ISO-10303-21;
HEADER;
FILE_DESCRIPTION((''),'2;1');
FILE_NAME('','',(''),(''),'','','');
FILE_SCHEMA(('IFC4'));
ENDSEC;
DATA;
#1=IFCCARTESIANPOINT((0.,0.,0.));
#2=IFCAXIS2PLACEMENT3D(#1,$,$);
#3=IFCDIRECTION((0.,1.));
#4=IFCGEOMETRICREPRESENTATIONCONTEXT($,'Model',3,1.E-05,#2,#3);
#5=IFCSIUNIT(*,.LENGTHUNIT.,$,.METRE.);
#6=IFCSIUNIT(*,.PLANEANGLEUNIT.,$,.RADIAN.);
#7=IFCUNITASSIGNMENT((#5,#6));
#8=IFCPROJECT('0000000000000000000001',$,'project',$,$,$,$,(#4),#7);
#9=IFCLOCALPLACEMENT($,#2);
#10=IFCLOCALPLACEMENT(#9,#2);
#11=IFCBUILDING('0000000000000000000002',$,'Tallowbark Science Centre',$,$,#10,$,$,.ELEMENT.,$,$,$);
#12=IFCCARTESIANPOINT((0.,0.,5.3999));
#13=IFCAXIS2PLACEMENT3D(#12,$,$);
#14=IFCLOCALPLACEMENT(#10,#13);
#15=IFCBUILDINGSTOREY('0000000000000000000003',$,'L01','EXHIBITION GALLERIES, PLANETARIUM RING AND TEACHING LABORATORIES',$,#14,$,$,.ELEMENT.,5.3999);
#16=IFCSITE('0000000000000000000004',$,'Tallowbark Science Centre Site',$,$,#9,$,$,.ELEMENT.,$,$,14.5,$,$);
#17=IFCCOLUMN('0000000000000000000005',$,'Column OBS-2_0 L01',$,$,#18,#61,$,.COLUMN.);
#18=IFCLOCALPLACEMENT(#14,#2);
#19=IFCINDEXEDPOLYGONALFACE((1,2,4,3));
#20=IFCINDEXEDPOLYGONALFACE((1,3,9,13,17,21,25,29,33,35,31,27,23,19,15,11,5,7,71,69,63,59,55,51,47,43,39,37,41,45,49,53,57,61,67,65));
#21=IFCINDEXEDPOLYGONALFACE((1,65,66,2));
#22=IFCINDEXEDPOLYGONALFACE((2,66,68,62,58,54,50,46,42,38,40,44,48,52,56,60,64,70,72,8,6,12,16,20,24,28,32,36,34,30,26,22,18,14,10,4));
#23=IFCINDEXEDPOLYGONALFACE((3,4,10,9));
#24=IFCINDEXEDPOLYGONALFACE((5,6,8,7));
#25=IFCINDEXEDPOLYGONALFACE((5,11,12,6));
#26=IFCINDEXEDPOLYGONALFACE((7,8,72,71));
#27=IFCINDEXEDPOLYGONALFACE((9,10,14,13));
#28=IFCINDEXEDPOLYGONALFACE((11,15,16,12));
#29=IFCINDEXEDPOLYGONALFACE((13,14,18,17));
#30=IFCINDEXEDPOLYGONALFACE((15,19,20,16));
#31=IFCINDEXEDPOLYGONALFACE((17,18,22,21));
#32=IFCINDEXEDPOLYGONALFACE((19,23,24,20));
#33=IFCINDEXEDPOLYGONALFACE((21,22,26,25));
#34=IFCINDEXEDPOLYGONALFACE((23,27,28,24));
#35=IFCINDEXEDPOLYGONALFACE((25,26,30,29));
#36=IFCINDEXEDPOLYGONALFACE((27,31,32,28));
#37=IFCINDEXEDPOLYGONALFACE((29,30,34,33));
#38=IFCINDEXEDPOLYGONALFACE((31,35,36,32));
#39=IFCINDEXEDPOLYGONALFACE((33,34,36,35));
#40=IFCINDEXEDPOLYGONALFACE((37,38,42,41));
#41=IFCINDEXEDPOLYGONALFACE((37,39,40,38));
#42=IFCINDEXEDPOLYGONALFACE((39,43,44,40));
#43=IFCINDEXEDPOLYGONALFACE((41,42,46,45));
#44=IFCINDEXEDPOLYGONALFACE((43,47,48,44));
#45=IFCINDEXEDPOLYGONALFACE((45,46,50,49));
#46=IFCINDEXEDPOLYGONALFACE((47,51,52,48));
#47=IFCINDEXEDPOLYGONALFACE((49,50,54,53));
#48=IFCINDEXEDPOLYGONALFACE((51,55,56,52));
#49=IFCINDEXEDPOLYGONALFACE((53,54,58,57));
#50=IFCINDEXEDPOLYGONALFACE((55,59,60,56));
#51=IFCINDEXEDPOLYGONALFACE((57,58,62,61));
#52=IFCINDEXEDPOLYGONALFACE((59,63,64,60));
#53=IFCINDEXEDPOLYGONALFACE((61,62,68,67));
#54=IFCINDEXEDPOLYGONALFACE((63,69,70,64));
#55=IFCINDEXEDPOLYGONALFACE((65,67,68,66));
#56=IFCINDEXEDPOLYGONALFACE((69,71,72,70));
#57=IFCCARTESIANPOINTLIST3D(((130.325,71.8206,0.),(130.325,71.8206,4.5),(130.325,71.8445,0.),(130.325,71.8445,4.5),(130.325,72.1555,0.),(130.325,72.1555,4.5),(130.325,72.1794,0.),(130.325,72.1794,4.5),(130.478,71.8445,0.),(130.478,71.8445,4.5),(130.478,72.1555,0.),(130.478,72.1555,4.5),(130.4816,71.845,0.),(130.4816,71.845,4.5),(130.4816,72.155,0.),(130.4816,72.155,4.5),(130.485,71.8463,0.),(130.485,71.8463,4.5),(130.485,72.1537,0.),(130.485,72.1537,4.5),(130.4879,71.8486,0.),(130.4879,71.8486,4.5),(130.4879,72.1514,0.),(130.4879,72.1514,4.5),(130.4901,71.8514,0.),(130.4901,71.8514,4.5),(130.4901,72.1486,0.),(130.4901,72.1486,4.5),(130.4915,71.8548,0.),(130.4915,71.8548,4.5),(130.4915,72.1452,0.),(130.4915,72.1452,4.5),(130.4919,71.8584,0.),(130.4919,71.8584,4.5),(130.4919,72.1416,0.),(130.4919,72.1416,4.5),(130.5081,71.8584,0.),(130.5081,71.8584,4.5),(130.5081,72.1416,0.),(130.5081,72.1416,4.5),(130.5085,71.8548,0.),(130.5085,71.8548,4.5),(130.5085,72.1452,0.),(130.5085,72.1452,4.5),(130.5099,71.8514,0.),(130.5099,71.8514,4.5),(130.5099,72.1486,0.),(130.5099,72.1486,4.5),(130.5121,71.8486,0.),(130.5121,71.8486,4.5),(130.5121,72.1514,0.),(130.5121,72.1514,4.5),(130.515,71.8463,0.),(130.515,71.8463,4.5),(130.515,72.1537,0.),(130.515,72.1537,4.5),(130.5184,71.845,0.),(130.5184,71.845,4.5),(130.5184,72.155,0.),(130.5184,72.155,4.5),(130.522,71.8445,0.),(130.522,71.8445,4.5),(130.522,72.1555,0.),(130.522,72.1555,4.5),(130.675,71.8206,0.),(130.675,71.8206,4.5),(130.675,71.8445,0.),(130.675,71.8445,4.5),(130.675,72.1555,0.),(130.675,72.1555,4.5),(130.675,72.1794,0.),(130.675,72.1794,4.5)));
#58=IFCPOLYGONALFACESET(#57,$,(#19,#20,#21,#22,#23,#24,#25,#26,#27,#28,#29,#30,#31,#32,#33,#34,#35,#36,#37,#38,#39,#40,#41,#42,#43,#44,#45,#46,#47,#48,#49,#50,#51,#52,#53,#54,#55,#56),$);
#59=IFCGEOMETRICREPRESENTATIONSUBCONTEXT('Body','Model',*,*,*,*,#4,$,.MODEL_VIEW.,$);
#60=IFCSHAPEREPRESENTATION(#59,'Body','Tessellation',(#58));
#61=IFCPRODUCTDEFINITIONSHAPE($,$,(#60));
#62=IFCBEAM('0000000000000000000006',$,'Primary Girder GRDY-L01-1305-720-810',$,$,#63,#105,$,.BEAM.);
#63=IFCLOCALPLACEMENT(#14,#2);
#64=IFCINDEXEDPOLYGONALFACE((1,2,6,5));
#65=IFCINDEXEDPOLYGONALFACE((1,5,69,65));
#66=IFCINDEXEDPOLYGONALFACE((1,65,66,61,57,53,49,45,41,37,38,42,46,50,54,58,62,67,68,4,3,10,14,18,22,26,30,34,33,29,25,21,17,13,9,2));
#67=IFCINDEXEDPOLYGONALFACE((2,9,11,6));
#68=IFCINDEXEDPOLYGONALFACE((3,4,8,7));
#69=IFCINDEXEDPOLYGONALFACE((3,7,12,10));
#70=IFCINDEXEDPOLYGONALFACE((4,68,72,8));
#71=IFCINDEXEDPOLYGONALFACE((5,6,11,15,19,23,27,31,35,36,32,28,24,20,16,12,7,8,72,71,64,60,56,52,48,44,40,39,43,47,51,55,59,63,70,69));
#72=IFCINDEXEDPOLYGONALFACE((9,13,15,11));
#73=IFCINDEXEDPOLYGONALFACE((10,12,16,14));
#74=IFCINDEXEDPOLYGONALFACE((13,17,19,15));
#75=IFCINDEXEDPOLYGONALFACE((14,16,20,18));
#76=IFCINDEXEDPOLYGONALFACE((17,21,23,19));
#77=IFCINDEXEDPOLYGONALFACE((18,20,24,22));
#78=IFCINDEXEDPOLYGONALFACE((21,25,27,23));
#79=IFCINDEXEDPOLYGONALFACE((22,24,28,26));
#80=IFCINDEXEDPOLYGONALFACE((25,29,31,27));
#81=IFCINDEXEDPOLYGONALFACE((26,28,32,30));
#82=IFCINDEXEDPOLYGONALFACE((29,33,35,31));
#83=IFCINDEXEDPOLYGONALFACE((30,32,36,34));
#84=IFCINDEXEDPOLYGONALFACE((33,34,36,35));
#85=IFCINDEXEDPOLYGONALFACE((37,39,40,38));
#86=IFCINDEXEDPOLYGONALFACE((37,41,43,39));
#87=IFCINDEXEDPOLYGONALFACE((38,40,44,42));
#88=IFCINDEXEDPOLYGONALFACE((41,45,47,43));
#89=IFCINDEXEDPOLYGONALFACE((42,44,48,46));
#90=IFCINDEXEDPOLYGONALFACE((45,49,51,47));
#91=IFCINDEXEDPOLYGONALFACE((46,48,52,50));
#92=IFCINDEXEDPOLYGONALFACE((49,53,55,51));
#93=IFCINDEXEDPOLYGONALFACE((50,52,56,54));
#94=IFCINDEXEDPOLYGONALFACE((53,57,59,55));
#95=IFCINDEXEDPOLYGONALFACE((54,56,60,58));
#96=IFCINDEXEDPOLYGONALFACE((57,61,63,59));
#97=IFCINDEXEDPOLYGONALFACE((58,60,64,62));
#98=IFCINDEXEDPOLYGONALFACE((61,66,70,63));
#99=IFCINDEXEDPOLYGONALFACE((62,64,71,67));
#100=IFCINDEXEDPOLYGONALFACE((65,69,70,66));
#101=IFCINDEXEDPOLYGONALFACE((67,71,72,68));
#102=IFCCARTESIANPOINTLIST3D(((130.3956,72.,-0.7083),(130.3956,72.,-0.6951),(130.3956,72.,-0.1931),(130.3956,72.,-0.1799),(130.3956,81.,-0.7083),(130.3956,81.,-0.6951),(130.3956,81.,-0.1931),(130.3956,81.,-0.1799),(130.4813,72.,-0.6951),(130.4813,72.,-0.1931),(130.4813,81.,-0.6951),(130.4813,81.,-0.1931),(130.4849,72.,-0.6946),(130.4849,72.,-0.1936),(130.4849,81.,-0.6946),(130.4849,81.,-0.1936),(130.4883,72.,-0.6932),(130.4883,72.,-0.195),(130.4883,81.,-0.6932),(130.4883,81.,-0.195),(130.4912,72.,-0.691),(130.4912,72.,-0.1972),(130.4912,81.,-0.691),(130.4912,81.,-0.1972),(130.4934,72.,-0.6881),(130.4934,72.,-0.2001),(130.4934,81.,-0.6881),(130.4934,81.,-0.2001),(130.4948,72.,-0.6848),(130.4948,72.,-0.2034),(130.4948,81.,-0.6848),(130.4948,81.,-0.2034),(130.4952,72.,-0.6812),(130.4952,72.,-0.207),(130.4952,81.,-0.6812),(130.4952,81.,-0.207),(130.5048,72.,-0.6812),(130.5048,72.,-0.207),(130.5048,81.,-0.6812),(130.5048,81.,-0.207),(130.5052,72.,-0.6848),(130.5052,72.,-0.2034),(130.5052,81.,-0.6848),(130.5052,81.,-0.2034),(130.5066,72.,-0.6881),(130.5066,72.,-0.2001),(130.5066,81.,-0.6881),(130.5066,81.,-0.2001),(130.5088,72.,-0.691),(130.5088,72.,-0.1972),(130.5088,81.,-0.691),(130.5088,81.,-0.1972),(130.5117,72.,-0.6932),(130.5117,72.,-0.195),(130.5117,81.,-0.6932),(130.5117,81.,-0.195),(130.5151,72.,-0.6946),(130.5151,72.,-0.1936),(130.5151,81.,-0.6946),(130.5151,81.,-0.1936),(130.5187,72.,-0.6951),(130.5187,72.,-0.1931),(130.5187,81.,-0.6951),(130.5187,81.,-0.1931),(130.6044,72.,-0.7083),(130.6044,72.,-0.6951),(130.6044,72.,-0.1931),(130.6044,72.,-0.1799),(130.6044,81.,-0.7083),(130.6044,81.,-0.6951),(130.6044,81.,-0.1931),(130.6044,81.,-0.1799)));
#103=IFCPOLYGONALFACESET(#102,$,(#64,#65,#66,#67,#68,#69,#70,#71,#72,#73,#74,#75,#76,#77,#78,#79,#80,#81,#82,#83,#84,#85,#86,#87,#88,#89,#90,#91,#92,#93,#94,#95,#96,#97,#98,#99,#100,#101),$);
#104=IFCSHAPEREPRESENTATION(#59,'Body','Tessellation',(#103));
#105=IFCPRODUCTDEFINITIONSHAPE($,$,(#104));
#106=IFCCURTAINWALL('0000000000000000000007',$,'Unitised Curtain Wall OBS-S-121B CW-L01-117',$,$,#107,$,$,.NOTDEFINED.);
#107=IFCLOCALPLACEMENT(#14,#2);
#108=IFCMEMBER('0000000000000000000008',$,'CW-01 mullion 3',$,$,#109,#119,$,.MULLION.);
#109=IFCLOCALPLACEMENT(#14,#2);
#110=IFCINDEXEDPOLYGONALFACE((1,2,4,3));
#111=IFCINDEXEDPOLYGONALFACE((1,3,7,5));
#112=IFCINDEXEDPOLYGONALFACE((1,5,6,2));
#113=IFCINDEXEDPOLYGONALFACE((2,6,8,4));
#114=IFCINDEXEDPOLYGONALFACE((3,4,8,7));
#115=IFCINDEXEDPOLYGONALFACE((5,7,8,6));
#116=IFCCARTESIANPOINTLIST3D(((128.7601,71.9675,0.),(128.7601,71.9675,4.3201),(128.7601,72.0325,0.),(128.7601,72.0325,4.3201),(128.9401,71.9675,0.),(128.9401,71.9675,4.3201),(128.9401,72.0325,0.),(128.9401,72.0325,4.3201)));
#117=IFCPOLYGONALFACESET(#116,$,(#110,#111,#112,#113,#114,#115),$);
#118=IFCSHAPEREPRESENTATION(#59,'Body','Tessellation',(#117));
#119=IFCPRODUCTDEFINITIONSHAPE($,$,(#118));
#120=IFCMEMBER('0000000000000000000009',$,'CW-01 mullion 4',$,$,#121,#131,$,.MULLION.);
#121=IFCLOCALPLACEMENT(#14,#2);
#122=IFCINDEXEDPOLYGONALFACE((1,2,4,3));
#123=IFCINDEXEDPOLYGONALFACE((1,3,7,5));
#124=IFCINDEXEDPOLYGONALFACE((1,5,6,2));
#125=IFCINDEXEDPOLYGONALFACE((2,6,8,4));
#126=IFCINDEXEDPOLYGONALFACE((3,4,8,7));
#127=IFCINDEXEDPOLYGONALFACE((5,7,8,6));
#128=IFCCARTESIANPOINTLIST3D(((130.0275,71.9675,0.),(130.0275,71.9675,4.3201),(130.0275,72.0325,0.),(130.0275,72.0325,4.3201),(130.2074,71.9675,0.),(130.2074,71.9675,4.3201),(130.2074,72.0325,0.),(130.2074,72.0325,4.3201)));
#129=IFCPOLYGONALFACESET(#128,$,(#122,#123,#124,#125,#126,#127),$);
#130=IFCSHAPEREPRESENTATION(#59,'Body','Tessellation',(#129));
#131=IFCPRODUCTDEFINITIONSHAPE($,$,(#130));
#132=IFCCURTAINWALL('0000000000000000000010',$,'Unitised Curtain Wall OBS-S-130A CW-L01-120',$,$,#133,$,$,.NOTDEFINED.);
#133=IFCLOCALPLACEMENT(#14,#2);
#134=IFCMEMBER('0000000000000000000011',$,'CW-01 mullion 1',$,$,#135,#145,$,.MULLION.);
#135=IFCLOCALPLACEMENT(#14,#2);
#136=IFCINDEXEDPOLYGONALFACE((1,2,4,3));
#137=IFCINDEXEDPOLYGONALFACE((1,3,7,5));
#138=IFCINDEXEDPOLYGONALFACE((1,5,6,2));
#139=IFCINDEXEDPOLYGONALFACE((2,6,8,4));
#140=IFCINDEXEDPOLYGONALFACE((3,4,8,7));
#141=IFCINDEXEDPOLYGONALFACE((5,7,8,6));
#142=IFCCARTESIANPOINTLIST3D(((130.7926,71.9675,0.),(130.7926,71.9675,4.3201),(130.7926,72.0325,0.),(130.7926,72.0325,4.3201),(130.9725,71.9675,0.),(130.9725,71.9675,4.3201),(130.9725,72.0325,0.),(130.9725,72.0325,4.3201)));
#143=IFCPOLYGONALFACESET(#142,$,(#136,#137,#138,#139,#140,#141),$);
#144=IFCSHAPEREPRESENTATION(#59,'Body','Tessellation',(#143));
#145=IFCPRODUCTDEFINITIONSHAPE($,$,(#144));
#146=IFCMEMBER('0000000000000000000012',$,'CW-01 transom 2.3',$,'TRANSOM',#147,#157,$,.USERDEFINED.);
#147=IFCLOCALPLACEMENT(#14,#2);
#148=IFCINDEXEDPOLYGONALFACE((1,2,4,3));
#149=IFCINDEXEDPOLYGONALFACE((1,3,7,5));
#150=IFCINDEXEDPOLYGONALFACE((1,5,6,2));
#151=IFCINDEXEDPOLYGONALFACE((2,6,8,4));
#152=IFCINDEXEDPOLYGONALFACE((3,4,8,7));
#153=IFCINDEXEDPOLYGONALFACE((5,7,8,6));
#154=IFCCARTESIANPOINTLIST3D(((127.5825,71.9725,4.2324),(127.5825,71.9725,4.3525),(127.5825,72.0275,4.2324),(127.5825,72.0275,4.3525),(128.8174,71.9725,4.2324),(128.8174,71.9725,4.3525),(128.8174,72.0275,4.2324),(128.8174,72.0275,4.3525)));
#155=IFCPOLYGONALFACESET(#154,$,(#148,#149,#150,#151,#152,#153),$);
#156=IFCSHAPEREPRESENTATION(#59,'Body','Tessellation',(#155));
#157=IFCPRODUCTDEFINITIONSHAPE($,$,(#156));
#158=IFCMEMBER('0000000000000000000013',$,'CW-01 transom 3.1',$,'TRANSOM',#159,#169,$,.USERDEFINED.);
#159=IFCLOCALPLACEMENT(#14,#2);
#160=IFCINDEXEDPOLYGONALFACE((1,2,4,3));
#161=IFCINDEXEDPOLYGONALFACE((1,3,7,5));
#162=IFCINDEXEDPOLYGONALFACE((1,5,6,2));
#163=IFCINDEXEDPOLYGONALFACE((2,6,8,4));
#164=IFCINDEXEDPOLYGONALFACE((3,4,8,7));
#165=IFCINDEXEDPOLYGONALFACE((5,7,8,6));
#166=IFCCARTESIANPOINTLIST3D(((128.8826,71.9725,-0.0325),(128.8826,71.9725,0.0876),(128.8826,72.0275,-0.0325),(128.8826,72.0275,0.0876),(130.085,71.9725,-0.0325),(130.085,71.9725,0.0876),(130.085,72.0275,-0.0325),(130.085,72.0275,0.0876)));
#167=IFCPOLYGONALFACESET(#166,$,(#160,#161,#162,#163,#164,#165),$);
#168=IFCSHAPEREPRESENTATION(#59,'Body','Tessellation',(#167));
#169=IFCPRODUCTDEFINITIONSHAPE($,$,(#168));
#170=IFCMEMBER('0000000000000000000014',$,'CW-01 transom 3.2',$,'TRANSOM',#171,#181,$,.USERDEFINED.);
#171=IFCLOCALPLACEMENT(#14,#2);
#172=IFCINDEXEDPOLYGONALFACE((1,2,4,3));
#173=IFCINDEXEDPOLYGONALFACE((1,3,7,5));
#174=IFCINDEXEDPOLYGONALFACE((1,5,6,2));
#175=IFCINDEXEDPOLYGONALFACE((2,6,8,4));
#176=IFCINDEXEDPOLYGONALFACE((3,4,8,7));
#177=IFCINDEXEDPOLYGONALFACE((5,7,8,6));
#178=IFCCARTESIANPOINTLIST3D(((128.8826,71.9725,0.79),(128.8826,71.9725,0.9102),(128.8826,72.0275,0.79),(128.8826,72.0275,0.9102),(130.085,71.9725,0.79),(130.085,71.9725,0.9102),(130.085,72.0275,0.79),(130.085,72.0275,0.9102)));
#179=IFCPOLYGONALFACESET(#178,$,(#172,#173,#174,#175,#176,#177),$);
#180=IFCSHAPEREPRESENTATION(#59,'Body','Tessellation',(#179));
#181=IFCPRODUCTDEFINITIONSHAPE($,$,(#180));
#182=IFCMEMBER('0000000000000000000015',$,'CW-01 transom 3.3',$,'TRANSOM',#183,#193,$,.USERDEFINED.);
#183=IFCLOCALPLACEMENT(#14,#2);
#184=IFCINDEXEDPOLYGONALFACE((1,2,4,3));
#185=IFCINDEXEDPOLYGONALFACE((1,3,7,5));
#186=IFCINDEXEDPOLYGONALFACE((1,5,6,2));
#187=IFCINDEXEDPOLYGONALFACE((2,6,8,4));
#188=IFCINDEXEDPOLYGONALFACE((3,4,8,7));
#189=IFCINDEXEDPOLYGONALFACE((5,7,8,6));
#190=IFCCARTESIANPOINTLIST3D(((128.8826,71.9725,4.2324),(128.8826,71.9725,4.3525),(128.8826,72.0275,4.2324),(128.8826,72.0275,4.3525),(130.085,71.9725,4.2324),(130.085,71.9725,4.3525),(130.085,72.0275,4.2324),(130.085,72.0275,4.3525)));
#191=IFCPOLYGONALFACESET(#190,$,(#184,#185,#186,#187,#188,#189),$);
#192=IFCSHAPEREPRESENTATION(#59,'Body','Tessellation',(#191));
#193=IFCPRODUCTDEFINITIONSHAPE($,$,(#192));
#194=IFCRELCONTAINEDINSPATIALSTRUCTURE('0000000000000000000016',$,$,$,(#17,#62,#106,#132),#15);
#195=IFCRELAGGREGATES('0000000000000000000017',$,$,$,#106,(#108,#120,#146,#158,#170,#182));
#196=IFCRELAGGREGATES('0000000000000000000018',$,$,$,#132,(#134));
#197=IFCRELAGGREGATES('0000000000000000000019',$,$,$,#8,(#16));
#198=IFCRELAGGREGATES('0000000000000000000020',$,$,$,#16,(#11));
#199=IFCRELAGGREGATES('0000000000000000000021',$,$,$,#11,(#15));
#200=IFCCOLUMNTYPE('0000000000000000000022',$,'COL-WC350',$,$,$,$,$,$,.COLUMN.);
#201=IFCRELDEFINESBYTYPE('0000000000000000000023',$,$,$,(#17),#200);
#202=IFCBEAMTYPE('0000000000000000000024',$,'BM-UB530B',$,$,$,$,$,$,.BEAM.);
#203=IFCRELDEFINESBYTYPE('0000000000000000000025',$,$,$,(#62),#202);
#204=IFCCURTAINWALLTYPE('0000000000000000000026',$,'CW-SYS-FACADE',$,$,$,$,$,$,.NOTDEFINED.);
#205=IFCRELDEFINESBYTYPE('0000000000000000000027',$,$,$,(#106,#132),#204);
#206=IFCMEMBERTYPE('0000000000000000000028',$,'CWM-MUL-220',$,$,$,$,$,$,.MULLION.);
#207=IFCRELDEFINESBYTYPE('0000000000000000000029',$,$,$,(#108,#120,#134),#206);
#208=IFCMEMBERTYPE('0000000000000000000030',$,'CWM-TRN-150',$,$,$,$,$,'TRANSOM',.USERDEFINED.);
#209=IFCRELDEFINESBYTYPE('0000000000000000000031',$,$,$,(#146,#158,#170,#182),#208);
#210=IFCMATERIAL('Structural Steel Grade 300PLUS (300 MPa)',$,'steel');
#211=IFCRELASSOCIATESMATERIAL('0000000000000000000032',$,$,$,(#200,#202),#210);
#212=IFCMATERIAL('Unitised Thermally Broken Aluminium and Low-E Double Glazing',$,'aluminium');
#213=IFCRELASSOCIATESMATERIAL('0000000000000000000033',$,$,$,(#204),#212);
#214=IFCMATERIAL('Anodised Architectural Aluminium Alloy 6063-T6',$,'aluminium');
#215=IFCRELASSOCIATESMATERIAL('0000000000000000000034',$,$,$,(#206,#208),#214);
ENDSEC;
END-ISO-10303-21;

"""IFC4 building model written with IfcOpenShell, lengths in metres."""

from ifc_helpers import new_model, si_unit, direction, frame, origin, origin_2d, place, context, subcontext, project, spatial, rectangle, i_section, extrude, material, material_profile, profile_set, type_object, element, aggregate, save


model = new_model("IFC4")

# Units and contexts
model_context = context("Model", 3, precision=1e-05, world=origin(), true_north=direction((0.0, 1.0)))
body_context = subcontext(model_context, "Body", "Model", "MODEL_VIEW")
ifc_project = project(units=[si_unit("LENGTHUNIT", "METRE"), si_unit("PLANEANGLEUNIT", "RADIAN")], contexts=[model_context])

# Site, building, storey
site_placement = place(None, origin())
site = spatial("IfcSite", under=ifc_project, at=site_placement, Name="Tallowbark Science Centre Site", CompositionType="ELEMENT", RefElevation=14.5)
building_placement = place(site_placement, origin())
building = spatial("IfcBuilding", under=site, at=building_placement, Name="Tallowbark Science Centre", CompositionType="ELEMENT")
storey_placement = place(building_placement, frame((0.0, 0.0, 5.3999)))
storey = spatial("IfcBuildingStorey", under=building, at=storey_placement, Name="L01", Description="EXHIBITION GALLERIES, PLANETARIUM RING AND TEACHING LABORATORIES", CompositionType="ELEMENT", Elevation=5.3999)

# Column
ifc_material_1 = material(Name="Structural Steel Grade 300PLUS (300 MPa)", Category="steel")
ifc_material_profile_1 = material_profile(ifc_material_1, i_section(OverallWidth=0.3501, OverallDepth=0.3589, WebThickness=0.0161, FlangeThickness=0.0239, FilletRadius=0.0139, at=origin_2d()), Name="350WC197")
ifc_profile_set_1 = profile_set([ifc_material_profile_1], Name="Structural Steel Grade 300PLUS (300 MPa)")
column_type = type_object("IfcColumnType", Name="COL-WC350", PredefinedType="COLUMN", material=ifc_profile_set_1)
column_placement = place(storey_placement, frame((130.5, 72.0, 0.0), z_axis=(0.0, 0.0, 1.0), x_axis=(1.0, 0.0, 0.0)))
element("IfcColumn", 1, at=column_placement, inside=storey, type_object=column_type, Name="Column OBS-2_0 L01", PredefinedType="COLUMN", context=body_context, shape_type="SweptSolid", body=[
    extrude(i_section(OverallWidth=0.3501, OverallDepth=0.3589, WebThickness=0.0161, FlangeThickness=0.0239, FilletRadius=0.0139, at=origin_2d()), origin(), (0.0, 0.0, 1.0), 4.5),
])

# Beam
ifc_material_profile_2 = material_profile(ifc_material_1, i_section(OverallWidth=0.2087, OverallDepth=0.5283, WebThickness=0.0095, FlangeThickness=0.0132, FilletRadius=0.0139, at=origin_2d()), Name="530UB82.0")
ifc_profile_set_2 = profile_set([ifc_material_profile_2], Name="Structural Steel Grade 300PLUS (300 MPa)")
beam_type_1 = type_object("IfcBeamType", Name="BM-UB530B", PredefinedType="BEAM", material=ifc_profile_set_2)
beam_1_placement = place(storey_placement, frame((130.5, 72.0, -0.4441), z_axis=(0.0, 1.0, 0.0), x_axis=(-1.0, 0.0, 0.0)))
element("IfcBeam", 2, at=beam_1_placement, inside=storey, type_object=beam_type_1, Name="Primary Girder GRDY-L01-1305-720-810", PredefinedType="BEAM", context=body_context, shape_type="SweptSolid", body=[
    extrude(i_section(OverallWidth=0.2087, OverallDepth=0.5283, WebThickness=0.0095, FlangeThickness=0.0132, FilletRadius=0.0139, at=origin_2d()), origin(), (0.0, 0.0, 1.0), 9.0),
])

# Curtain wall, members
ifc_material_2 = material(Name="Unitised Thermally Broken Aluminium and Low-E Double Glazing", Category="aluminium")
curtain_wall_type = type_object("IfcCurtainWallType", Name="CW-SYS-FACADE", PredefinedType="NOTDEFINED", material=ifc_material_2)
curtain_wall_1_placement = place(storey_placement, origin())
curtain_wall_1 = element("IfcCurtainWall", 3, at=curtain_wall_1_placement, inside=storey, type_object=curtain_wall_type, Name="Unitised Curtain Wall OBS-S-121B CW-L01-117", PredefinedType="NOTDEFINED")
ifc_material_3 = material(Name="Anodised Architectural Aluminium Alloy 6063-T6", Category="aluminium")
ifc_material_profile_3 = material_profile(ifc_material_3, rectangle(XDim=0.0649, YDim=0.1799, at=origin_2d()), Name="ALU65x180")
ifc_profile_set_3 = profile_set([ifc_material_profile_3], Name="Anodised Architectural Aluminium Alloy 6063-T6")
member_type_1 = type_object("IfcMemberType", Name="CWM-MUL-220", PredefinedType="MULLION", material=ifc_profile_set_3)
member_1_placement = place(storey_placement, frame((128.8501, 72.0, 0.0), z_axis=(0.0, 0.0, 1.0), x_axis=(0.0, 1.0, 0.0)))
member_1 = element("IfcMember", 4, at=member_1_placement, type_object=member_type_1, Name="CW-01 mullion 3", PredefinedType="MULLION", context=body_context, shape_type="SweptSolid", body=[
    extrude(rectangle(XDim=0.0649, YDim=0.1799, at=origin_2d()), origin(), (0.0, 0.0, 1.0), 4.3201),
])
member_2_placement = place(storey_placement, frame((130.1174, 72.0, 0.0), z_axis=(0.0, 0.0, 1.0), x_axis=(0.0, 1.0, 0.0)))
member_2 = element("IfcMember", 5, at=member_2_placement, type_object=member_type_1, Name="CW-01 mullion 4", PredefinedType="MULLION", context=body_context, shape_type="SweptSolid", body=[
    extrude(rectangle(XDim=0.0649, YDim=0.1799, at=origin_2d()), origin(), (0.0, 0.0, 1.0), 4.3201),
])

# Curtain wall, member
curtain_wall_2_placement = place(storey_placement, origin())
curtain_wall_2 = element("IfcCurtainWall", 6, at=curtain_wall_2_placement, inside=storey, type_object=curtain_wall_type, Name="Unitised Curtain Wall OBS-S-130A CW-L01-120", PredefinedType="NOTDEFINED")
member_3_placement = place(storey_placement, frame((130.8826, 72.0, 0.0), z_axis=(0.0, 0.0, 1.0), x_axis=(0.0, 1.0, 0.0)))
member_3 = element("IfcMember", 7, at=member_3_placement, type_object=member_type_1, Name="CW-01 mullion 1", PredefinedType="MULLION", context=body_context, shape_type="SweptSolid", body=[
    extrude(rectangle(XDim=0.0649, YDim=0.1799, at=origin_2d()), origin(), (0.0, 0.0, 1.0), 4.3201),
])

# Members
ifc_material_profile_4 = material_profile(ifc_material_3, rectangle(XDim=0.0549, YDim=0.1201, at=origin_2d()), Name="ALU55x120")
ifc_profile_set_4 = profile_set([ifc_material_profile_4], Name="Anodised Architectural Aluminium Alloy 6063-T6")
member_type_2 = type_object("IfcMemberType", Name="CWM-TRN-150", ElementType="TRANSOM", PredefinedType="USERDEFINED", material=ifc_profile_set_4)
member_4_placement = place(storey_placement, frame((127.5825, 72.0, 4.2925), z_axis=(1.0, 0.0, 0.0), x_axis=(0.0, 1.0, 0.0)))
member_4 = element("IfcMember", 8, at=member_4_placement, type_object=member_type_2, Name="CW-01 transom 2.3", ObjectType="TRANSOM", PredefinedType="USERDEFINED", context=body_context, shape_type="SweptSolid", body=[
    extrude(rectangle(XDim=0.0549, YDim=0.1201, at=origin_2d()), origin(), (0.0, 0.0, 1.0), 1.2349),
])
member_5_placement = place(storey_placement, frame((128.8826, 72.0, 0.0276), z_axis=(1.0, 0.0, 0.0), x_axis=(0.0, 1.0, 0.0)))
member_5 = element("IfcMember", 9, at=member_5_placement, type_object=member_type_2, Name="CW-01 transom 3.1", ObjectType="TRANSOM", PredefinedType="USERDEFINED", context=body_context, shape_type="SweptSolid", body=[
    extrude(rectangle(XDim=0.0549, YDim=0.1201, at=origin_2d()), origin(), (0.0, 0.0, 1.0), 1.2024),
])
member_6_placement = place(storey_placement, frame((128.8826, 72.0, 0.8501), z_axis=(1.0, 0.0, 0.0), x_axis=(0.0, 1.0, 0.0)))
member_6 = element("IfcMember", 10, at=member_6_placement, type_object=member_type_2, Name="CW-01 transom 3.2", ObjectType="TRANSOM", PredefinedType="USERDEFINED", context=body_context, shape_type="SweptSolid", body=[
    extrude(rectangle(XDim=0.0549, YDim=0.1201, at=origin_2d()), origin(), (0.0, 0.0, 1.0), 1.2024),
])
member_7_placement = place(storey_placement, frame((128.8826, 72.0, 4.2925), z_axis=(1.0, 0.0, 0.0), x_axis=(0.0, 1.0, 0.0)))
member_7 = element("IfcMember", 11, at=member_7_placement, type_object=member_type_2, Name="CW-01 transom 3.3", ObjectType="TRANSOM", PredefinedType="USERDEFINED", context=body_context, shape_type="SweptSolid", body=[
    extrude(rectangle(XDim=0.0549, YDim=0.1201, at=origin_2d()), origin(), (0.0, 0.0, 1.0), 1.2024),
])

aggregate(curtain_wall_1, [member_1, member_2, member_4, member_5, member_6, member_7])
aggregate(curtain_wall_2, [member_3])

save(model, "model.ifc")
